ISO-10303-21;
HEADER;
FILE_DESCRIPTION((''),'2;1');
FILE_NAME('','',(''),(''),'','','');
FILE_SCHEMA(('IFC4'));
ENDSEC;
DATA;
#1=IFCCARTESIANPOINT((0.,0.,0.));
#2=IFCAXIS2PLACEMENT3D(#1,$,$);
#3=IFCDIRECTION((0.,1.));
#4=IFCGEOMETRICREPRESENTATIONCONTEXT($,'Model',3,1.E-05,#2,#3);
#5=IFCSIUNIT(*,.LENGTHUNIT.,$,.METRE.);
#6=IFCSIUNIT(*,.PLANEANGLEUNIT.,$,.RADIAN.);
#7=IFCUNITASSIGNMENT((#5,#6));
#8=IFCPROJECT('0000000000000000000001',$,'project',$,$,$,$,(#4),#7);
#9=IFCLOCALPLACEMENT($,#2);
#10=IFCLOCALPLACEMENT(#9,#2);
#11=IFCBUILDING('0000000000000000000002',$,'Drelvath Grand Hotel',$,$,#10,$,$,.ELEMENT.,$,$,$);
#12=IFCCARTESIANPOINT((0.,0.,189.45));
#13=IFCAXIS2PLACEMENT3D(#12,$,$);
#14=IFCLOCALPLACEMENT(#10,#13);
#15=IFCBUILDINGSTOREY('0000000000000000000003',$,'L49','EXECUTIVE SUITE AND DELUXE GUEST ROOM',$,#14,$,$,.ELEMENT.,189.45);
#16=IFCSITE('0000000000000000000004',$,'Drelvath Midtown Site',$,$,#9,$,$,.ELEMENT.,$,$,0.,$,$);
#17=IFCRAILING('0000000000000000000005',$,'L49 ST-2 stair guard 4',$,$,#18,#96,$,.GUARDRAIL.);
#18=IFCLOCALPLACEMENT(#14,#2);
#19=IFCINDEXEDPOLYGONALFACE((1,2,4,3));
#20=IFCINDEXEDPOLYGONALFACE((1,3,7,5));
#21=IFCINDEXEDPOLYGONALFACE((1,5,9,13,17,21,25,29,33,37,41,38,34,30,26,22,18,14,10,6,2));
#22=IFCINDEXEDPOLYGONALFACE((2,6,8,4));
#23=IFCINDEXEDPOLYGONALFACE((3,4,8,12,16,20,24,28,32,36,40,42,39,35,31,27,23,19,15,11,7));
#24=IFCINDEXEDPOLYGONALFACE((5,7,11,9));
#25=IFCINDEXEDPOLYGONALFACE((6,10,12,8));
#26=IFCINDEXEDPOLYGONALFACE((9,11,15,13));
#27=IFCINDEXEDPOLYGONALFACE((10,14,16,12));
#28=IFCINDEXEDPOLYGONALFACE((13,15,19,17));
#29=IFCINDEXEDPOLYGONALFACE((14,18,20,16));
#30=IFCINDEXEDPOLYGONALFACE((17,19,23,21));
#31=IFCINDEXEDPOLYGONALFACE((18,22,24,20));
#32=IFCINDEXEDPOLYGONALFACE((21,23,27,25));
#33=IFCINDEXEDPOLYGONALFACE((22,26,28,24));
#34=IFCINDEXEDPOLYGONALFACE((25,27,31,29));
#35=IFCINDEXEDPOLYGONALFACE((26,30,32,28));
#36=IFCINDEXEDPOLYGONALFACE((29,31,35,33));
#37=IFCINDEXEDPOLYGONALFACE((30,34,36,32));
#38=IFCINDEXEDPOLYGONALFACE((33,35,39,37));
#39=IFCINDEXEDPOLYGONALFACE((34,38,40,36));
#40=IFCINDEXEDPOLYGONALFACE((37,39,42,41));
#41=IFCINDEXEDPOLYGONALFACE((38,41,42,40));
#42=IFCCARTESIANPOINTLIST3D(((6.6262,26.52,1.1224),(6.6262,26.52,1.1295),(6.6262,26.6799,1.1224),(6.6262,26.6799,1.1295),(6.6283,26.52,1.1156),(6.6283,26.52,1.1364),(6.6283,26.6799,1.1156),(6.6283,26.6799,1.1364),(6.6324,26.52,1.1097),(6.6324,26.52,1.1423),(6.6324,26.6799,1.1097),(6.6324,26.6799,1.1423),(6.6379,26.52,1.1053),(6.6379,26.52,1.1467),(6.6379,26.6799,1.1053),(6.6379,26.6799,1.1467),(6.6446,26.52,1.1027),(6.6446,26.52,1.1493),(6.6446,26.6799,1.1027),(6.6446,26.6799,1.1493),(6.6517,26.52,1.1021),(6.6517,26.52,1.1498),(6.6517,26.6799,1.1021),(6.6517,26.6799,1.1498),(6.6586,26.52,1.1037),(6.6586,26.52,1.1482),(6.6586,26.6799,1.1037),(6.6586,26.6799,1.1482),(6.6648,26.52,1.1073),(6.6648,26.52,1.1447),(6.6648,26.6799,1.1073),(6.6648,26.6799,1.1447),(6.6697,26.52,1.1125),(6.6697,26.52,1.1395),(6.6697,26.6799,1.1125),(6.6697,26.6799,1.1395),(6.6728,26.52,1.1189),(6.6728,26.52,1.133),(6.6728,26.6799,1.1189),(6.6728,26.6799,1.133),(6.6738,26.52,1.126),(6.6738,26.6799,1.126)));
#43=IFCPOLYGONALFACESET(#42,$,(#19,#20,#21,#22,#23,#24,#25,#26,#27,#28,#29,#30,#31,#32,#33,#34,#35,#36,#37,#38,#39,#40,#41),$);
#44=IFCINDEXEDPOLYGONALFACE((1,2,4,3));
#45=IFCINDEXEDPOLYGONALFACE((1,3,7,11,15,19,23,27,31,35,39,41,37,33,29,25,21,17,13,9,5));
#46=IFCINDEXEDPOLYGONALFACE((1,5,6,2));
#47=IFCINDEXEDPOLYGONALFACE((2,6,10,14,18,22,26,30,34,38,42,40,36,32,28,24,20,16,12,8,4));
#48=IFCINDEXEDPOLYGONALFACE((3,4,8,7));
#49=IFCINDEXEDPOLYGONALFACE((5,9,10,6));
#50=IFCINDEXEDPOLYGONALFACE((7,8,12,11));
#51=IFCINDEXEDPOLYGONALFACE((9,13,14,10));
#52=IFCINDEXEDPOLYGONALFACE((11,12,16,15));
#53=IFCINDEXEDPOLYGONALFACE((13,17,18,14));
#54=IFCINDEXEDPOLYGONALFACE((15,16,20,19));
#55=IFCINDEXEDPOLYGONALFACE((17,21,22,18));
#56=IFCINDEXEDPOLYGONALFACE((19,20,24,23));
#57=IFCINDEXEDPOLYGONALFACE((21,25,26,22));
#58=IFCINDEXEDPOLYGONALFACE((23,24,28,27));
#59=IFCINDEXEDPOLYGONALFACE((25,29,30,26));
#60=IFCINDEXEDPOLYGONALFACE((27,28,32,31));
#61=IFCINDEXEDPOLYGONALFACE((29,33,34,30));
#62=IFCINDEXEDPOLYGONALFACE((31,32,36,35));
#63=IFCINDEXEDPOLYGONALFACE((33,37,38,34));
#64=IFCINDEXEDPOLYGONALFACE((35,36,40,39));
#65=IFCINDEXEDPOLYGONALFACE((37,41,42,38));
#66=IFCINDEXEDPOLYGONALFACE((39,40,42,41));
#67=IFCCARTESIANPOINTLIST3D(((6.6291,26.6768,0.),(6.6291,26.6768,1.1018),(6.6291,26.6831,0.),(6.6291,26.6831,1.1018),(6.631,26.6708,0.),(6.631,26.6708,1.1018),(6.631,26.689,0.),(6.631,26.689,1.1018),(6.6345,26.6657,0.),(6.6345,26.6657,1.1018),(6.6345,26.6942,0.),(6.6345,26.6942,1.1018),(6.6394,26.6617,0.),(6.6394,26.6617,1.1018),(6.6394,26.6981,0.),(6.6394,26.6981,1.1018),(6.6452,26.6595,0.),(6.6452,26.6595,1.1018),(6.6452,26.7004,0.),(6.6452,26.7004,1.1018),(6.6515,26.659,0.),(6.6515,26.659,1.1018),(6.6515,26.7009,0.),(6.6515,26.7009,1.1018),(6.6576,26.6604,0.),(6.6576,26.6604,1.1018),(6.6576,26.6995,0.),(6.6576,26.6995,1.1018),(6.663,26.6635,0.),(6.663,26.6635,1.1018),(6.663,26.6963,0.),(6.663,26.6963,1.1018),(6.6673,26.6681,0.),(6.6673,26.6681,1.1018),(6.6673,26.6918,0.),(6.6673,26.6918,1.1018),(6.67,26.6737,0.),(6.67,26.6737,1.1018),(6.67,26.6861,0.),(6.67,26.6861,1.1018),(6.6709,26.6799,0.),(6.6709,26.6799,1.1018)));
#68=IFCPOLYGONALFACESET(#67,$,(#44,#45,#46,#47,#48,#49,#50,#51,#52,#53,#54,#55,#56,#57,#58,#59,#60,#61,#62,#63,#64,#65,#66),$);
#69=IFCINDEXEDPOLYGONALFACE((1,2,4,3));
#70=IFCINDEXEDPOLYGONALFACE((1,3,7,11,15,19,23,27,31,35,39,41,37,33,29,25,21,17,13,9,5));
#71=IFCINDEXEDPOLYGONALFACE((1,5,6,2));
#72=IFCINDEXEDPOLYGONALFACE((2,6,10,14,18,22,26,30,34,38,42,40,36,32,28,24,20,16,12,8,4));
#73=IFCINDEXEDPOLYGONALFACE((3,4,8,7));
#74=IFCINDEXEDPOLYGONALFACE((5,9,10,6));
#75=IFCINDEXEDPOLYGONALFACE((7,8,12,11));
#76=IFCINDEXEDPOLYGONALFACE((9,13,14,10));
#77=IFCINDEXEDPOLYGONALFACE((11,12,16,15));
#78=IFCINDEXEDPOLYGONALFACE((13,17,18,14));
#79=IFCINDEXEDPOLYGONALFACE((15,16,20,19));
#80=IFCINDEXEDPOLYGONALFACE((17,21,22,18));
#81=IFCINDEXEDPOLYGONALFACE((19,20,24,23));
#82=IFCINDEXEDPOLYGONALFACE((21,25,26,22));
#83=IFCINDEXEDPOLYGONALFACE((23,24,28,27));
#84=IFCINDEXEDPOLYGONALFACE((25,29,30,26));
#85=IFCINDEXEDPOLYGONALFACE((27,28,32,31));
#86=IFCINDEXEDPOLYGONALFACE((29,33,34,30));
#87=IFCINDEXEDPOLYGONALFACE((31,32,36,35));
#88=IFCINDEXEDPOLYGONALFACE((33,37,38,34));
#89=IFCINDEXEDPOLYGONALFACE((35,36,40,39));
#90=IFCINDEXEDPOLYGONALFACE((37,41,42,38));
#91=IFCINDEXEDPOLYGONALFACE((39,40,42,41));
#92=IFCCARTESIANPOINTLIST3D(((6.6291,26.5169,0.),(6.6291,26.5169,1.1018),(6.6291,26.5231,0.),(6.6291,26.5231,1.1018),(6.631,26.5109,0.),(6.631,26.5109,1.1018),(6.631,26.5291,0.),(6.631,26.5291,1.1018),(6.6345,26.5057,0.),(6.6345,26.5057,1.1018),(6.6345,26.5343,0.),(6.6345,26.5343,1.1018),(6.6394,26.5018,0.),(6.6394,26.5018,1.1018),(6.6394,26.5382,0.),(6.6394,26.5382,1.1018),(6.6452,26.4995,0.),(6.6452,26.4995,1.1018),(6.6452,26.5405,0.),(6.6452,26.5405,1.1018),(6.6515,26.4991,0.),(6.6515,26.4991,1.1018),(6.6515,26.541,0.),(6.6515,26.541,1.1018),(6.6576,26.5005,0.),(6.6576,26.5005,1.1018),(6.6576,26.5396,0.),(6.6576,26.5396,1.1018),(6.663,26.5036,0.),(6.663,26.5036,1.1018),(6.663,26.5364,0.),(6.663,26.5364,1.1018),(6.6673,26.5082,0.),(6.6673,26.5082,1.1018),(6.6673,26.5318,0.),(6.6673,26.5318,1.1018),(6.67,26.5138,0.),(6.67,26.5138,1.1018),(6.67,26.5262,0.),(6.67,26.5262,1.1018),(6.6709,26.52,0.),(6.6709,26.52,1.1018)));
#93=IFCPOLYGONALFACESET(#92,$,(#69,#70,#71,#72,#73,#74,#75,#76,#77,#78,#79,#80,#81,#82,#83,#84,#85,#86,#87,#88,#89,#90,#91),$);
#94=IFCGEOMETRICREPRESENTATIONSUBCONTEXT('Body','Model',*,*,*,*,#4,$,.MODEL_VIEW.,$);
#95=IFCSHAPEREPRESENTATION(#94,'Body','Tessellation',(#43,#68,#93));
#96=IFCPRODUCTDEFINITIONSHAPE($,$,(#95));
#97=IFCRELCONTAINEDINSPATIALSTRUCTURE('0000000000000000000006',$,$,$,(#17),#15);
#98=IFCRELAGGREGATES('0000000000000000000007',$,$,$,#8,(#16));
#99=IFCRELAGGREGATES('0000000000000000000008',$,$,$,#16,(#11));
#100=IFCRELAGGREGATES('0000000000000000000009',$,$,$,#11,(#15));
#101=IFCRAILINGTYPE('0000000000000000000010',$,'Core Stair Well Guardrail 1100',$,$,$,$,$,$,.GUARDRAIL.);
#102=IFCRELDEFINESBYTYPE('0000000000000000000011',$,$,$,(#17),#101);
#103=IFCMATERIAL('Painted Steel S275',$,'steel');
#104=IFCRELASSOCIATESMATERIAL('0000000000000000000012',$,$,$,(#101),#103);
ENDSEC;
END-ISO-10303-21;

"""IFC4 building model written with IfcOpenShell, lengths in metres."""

from ifc_helpers import new_model, si_unit, direction, frame, origin, origin_2d, place, context, subcontext, project, spatial, circle, extrude, material, type_object, element, save


model = new_model("IFC4")

# Units and contexts
model_context = context("Model", 3, precision=1e-05, world=origin(), true_north=direction((0.0, 1.0)))
body_context = subcontext(model_context, "Body", "Model", "MODEL_VIEW")
ifc_project = project(units=[si_unit("LENGTHUNIT", "METRE"), si_unit("PLANEANGLEUNIT", "RADIAN")], contexts=[model_context])

# Site, building, storey
site_placement = place(None, origin())
site = spatial("IfcSite", under=ifc_project, at=site_placement, Name="Drelvath Midtown Site", CompositionType="ELEMENT", RefElevation=0.0)
building_placement = place(site_placement, origin())
building = spatial("IfcBuilding", under=site, at=building_placement, Name="Drelvath Grand Hotel", CompositionType="ELEMENT")
storey_placement = place(building_placement, frame((0.0, 0.0, 189.45)))
storey = spatial("IfcBuildingStorey", under=building, at=storey_placement, Name="L49", Description="EXECUTIVE SUITE AND DELUXE GUEST ROOM", CompositionType="ELEMENT", Elevation=189.45)

# Railing
ifc_material_1 = material(Name="Painted Steel S275", Category="steel")
railing_type_1 = type_object("IfcRailingType", Name="Core Stair Well Guardrail 1100", PredefinedType="GUARDRAIL", material=ifc_material_1)
railing_1_placement = place(storey_placement, frame((6.6499, 26.6799, 0.0)))
element("IfcRailing", 1, at=railing_1_placement, inside=storey, type_object=railing_type_1, Name="L49 ST-2 stair guard 4", PredefinedType="GUARDRAIL", context=body_context, shape_type="SweptSolid", body=[
    extrude(circle(Radius=0.0239, at=origin_2d()), frame((0.0, 0.0, 1.126), z_axis=(0.0, -1.0, 0.0), x_axis=(1.0, 0.0, 0.0)), (0.0, 0.0, 1.0), 0.1599),
    extrude(circle(Radius=0.021, at=origin_2d()), origin(), (0.0, 0.0, 1.0), 1.1018),
    extrude(circle(Radius=0.021, at=origin_2d()), frame((0.0, -0.1599, 0.0)), (0.0, 0.0, 1.0), 1.1018),
])

save(model, "model.ifc")
